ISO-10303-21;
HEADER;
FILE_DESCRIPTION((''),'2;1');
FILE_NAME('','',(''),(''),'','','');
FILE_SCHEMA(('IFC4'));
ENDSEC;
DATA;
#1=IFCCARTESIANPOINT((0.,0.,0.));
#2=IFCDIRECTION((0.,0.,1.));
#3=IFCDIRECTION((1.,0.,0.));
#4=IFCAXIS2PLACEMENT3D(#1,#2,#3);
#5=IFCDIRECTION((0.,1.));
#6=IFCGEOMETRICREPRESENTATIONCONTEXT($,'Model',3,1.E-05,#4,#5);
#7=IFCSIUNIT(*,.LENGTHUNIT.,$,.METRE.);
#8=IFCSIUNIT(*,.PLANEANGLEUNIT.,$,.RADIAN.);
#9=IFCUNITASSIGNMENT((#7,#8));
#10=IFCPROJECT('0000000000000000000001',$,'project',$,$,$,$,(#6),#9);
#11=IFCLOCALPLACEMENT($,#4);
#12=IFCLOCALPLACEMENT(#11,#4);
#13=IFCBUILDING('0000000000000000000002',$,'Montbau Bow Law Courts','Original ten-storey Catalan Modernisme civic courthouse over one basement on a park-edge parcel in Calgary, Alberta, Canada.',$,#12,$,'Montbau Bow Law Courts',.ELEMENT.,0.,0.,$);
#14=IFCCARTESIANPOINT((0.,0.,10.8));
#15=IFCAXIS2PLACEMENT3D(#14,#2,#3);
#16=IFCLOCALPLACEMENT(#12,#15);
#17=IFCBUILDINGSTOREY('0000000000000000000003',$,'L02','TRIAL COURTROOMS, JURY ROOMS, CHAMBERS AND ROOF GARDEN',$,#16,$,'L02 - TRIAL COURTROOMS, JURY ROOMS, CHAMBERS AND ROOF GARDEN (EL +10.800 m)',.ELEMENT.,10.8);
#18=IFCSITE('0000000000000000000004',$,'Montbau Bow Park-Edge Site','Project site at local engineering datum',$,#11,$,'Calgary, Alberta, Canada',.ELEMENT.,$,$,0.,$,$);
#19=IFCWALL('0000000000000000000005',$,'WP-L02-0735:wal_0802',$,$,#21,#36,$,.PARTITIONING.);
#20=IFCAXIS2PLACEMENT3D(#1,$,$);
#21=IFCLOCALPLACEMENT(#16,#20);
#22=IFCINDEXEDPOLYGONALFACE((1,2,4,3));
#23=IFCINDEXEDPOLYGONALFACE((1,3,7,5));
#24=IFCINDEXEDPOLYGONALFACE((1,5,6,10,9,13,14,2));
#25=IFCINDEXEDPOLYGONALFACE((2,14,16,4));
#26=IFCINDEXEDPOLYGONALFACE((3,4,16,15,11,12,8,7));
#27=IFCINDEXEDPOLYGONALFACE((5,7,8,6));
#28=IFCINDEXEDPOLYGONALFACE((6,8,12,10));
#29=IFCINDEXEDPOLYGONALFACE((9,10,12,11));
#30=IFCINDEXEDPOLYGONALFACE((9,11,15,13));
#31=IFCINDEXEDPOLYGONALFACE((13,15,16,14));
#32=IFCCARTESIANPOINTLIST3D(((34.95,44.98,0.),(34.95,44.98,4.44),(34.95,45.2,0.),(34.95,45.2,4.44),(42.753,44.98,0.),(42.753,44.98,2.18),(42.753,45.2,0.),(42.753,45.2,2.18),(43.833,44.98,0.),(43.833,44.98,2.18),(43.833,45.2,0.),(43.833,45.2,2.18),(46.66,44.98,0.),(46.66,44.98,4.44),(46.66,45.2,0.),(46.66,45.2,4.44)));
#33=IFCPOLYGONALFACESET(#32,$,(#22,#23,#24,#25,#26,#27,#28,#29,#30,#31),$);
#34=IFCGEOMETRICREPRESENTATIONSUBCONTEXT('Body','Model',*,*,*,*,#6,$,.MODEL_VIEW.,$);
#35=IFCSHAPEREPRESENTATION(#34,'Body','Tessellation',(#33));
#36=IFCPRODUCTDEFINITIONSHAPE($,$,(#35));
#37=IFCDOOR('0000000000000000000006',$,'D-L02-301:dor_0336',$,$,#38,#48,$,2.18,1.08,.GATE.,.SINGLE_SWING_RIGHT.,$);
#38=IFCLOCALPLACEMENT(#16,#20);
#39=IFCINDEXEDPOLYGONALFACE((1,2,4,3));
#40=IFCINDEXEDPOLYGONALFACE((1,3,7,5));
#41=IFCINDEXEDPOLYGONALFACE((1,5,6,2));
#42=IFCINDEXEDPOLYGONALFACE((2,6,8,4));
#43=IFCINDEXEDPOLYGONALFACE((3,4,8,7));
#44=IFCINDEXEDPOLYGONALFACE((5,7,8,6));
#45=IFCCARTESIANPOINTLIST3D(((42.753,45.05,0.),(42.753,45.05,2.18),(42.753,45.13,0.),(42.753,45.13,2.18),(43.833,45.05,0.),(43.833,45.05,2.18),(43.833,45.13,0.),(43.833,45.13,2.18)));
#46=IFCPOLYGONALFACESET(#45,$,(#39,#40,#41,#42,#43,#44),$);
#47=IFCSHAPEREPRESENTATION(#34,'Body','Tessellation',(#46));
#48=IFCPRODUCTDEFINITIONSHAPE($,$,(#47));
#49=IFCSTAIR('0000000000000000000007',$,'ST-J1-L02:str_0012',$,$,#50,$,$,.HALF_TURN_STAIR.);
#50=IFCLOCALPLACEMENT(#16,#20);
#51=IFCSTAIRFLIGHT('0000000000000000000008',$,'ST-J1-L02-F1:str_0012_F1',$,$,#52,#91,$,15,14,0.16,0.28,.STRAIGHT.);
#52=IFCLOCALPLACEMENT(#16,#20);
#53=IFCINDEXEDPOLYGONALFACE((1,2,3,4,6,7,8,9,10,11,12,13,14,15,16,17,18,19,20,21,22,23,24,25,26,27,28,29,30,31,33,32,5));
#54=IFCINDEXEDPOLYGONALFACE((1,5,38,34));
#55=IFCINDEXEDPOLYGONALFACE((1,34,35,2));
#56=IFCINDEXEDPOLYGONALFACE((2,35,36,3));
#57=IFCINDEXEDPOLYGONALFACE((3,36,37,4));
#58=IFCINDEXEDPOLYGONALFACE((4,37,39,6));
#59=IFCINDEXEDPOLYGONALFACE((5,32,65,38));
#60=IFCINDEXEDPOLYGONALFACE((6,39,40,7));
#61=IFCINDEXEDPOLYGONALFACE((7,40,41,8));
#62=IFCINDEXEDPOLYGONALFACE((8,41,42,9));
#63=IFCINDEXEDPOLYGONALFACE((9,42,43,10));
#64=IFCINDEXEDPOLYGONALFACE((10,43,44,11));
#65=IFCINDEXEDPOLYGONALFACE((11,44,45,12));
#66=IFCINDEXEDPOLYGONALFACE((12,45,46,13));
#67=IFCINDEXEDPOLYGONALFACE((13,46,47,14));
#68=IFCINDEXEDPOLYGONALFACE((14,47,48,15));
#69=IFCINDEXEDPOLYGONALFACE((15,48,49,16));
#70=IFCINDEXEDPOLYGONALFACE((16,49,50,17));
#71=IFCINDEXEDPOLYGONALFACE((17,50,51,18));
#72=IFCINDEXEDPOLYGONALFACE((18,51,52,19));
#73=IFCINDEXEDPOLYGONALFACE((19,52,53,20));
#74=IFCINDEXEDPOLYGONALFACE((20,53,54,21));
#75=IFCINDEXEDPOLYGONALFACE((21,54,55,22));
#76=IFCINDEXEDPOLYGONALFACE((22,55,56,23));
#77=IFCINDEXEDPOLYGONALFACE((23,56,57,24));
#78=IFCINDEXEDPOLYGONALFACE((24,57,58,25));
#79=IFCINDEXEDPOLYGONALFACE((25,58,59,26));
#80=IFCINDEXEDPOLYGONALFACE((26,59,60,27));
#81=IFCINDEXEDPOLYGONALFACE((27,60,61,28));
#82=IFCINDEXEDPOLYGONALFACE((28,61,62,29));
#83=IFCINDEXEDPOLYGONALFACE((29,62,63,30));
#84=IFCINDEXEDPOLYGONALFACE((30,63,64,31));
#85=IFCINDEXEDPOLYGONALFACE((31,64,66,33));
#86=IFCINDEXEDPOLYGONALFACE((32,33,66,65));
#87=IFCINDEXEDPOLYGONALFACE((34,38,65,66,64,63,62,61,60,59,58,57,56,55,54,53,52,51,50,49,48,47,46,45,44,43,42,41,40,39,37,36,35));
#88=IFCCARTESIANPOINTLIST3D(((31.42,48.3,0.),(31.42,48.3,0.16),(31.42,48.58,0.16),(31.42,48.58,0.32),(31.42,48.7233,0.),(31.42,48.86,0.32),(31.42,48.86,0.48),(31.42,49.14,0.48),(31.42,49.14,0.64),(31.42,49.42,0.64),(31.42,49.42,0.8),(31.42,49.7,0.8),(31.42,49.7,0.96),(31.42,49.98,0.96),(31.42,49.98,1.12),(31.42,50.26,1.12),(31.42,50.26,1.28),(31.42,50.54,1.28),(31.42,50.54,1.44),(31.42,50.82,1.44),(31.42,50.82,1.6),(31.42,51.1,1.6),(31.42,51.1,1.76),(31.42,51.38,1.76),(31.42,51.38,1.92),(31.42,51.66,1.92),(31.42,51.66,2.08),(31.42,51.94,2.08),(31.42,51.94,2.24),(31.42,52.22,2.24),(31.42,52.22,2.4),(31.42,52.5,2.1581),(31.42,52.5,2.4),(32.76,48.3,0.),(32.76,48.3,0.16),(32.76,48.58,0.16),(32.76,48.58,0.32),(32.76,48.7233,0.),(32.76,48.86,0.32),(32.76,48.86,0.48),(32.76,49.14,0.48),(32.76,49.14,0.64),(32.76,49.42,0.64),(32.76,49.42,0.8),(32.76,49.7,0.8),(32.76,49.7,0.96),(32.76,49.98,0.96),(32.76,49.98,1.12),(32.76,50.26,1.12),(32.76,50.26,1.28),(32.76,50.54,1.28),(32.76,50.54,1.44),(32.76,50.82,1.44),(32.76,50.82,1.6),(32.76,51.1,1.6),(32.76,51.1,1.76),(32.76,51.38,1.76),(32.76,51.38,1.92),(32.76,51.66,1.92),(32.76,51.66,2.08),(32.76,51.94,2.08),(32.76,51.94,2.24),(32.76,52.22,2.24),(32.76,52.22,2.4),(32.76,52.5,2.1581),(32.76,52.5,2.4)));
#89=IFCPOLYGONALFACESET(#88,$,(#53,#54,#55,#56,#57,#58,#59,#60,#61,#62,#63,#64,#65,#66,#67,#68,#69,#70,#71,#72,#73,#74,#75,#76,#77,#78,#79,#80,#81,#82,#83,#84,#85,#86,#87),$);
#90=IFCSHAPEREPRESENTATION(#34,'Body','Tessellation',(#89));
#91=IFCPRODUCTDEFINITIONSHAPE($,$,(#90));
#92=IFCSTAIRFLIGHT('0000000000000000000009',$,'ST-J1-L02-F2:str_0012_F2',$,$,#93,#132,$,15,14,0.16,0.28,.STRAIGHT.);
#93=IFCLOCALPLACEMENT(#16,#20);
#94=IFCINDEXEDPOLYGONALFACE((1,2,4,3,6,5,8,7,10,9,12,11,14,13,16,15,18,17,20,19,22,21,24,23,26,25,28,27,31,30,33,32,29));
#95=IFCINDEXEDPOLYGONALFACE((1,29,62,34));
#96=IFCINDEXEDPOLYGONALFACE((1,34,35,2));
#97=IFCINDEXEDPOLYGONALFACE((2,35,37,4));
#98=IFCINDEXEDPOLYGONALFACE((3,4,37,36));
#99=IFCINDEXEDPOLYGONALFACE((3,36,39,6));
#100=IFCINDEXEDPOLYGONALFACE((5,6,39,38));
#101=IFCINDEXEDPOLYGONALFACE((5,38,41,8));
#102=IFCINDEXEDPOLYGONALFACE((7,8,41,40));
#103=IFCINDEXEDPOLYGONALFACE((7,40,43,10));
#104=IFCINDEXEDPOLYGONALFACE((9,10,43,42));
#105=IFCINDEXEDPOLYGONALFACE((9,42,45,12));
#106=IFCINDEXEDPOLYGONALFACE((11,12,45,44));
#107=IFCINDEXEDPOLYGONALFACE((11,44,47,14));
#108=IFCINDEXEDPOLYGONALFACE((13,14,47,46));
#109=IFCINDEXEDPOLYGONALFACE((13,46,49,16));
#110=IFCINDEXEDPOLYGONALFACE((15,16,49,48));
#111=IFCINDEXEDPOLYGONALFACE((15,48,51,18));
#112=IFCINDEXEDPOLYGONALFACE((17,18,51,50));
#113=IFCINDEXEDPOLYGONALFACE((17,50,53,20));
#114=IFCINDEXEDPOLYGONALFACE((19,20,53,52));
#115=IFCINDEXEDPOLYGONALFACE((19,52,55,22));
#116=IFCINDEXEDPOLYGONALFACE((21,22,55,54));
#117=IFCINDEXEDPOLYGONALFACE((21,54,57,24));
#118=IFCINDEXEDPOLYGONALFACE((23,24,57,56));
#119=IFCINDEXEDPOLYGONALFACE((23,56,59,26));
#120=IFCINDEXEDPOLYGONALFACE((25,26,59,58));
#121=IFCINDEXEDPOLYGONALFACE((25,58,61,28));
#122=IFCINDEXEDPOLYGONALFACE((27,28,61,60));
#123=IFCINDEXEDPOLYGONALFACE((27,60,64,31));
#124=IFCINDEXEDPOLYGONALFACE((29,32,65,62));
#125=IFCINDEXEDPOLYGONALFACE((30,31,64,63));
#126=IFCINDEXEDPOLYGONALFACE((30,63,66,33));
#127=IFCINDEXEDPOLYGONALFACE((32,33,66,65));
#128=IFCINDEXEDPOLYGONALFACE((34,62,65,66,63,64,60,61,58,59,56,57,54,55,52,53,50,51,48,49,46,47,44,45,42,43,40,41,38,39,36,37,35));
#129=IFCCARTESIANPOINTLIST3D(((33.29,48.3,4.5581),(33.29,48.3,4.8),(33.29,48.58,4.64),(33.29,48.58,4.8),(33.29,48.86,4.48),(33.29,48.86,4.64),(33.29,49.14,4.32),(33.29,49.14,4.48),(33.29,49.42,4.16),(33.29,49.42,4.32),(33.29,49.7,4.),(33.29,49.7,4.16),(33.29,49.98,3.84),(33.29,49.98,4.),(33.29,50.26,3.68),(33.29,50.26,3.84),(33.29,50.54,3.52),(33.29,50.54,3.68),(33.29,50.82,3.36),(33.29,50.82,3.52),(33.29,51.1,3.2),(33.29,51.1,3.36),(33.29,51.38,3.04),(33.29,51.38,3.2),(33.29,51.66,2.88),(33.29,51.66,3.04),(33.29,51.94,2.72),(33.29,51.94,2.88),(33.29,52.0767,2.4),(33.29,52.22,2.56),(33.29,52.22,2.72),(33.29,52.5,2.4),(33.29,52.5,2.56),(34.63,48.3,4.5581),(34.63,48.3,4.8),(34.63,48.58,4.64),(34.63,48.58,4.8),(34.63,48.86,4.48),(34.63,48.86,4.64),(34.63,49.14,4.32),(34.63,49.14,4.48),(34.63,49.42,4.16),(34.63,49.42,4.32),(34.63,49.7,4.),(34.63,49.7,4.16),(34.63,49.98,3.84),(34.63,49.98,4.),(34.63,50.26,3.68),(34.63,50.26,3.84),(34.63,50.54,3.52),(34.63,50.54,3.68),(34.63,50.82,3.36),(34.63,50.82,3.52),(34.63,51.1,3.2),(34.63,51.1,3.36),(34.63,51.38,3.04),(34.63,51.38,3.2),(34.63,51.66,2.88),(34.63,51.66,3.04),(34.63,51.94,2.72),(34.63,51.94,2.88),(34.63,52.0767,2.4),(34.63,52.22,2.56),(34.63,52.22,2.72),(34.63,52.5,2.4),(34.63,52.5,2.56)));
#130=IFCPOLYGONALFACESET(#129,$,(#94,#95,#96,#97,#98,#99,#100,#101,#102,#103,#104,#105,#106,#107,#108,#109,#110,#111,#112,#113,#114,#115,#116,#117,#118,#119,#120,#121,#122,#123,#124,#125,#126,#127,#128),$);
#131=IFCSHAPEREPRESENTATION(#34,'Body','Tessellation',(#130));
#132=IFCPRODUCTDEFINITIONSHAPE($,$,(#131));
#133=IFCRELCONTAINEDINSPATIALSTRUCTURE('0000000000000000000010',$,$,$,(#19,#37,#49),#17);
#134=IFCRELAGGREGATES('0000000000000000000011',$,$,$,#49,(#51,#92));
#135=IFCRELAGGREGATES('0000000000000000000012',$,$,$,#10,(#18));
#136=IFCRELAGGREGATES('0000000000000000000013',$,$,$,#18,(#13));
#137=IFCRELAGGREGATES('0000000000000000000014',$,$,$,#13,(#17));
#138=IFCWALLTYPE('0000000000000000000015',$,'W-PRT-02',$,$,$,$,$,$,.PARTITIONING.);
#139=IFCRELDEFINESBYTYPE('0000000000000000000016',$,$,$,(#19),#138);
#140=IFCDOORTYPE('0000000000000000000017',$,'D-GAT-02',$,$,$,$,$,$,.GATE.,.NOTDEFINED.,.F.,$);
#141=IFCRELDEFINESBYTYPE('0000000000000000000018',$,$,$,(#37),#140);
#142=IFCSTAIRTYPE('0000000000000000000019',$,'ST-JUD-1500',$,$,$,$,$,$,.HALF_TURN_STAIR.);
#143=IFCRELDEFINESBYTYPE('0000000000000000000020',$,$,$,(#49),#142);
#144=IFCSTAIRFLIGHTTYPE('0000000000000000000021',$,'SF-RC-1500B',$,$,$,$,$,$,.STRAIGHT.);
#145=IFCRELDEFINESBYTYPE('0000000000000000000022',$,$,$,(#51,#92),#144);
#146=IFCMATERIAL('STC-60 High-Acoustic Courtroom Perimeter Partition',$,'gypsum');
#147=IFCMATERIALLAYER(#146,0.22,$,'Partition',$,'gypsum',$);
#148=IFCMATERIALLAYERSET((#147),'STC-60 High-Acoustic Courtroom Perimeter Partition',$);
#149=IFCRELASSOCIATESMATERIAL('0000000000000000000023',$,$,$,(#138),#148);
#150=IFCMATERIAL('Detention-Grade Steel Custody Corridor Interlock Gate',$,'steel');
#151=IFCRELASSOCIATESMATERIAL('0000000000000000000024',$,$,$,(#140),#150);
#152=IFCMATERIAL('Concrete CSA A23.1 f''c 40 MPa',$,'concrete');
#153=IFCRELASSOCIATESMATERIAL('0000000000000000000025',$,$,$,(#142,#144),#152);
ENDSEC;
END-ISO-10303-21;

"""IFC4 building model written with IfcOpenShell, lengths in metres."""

from ifc_helpers import new_model, si_unit, direction, frame, frame_2d, origin_with_axes, place, context, subcontext, project, spatial, polyline, rectangle, outline, extrude, material, layer, layer_set, type_object, element, fill, aggregate, save


model = new_model("IFC4")

# Units and contexts
model_context = context("Model", 3, precision=1e-05, world=origin_with_axes(), true_north=direction((0.0, 1.0)))
body_context = subcontext(model_context, "Body", "Model", "MODEL_VIEW")
ifc_project = project(units=[si_unit("LENGTHUNIT", "METRE"), si_unit("PLANEANGLEUNIT", "RADIAN")], contexts=[model_context])

# Site, building, storey
site_placement = place(None, origin_with_axes())
site = spatial("IfcSite", under=ifc_project, at=site_placement, Name="Montbau Bow Park-Edge Site", Description="Project site at local engineering datum", LongName="Calgary, Alberta, Canada", CompositionType="ELEMENT", RefElevation=0.0)
building_placement = place(site_placement, origin_with_axes())
building = spatial("IfcBuilding", under=site, at=building_placement, Name="Montbau Bow Law Courts", Description="Original ten-storey Catalan Modernisme civic courthouse over one basement on a park-edge parcel in Calgary, Alberta, Canada.", LongName="Montbau Bow Law Courts", CompositionType="ELEMENT", ElevationOfRefHeight=0.0, ElevationOfTerrain=0.0)
storey_placement = place(building_placement, frame((0.0, 0.0, 10.8), z_axis=(0.0, 0.0, 1.0), x_axis=(1.0, 0.0, 0.0)))
storey = spatial("IfcBuildingStorey", under=building, at=storey_placement, Name="L02", Description="TRIAL COURTROOMS, JURY ROOMS, CHAMBERS AND ROOF GARDEN", LongName="L02 - TRIAL COURTROOMS, JURY ROOMS, CHAMBERS AND ROOF GARDEN (EL +10.800 m)", CompositionType="ELEMENT", Elevation=10.8)

# Shared definitions
ifc_material_1 = material(Name="Concrete CSA A23.1 f'c 40 MPa", Category="concrete")

# Shared definitions
ifc_material_2 = material(Name="STC-60 High-Acoustic Courtroom Perimeter Partition", Category="gypsum")
ifc_layer_1 = layer(ifc_material_2, 0.22, Name="Partition", Category="gypsum")
ifc_layer_set_1 = layer_set([ifc_layer_1], Name="STC-60 High-Acoustic Courtroom Perimeter Partition")
wall_type_1 = type_object("IfcWallType", Name="W-PRT-02", PredefinedType="PARTITIONING", material=ifc_layer_set_1)

# Wall, opening, door
wall_1_placement = place(None, frame((34.95, 45.09, 10.8), z_axis=(0.0, 0.0, 1.0), x_axis=(1.0, 0.0, 0.0)))
wall_1 = element("IfcWall", 1, at=wall_1_placement, inside=storey, type_object=wall_type_1, Name="WP-L02-0735:wal_0802", PredefinedType="PARTITIONING", context=body_context, shape_type="SweptSolid", body=[
    extrude(rectangle(XDim=11.71, YDim=0.22, at=frame_2d((5.855, 0.0), x_axis=(1.0, 0.0))), origin_with_axes(), (0.0, 0.0, 1.0), 4.44),
])
opening_1_placement = place(None, frame((43.293, 45.09, 10.8), z_axis=(0.0, 0.0, 1.0), x_axis=(1.0, 0.0, 0.0)))
opening_1 = element("IfcOpeningElement", 2, at=opening_1_placement, cuts=wall_1, PredefinedType="OPENING", context=body_context, shape_type="SweptSolid", body=[
    extrude(rectangle(XDim=1.08, YDim=2.18, at=frame_2d((0.0, 1.09), x_axis=(1.0, 0.0))), frame((0.0, 0.12, 0.0), z_axis=(0.0, -1.0, 0.0), x_axis=(1.0, 0.0, 0.0)), (0.0, 0.0, 1.0), 0.24),
])
ifc_material_3 = material(Name="Detention-Grade Steel Custody Corridor Interlock Gate", Category="steel")
door_type_1 = type_object("IfcDoorType", Name="D-GAT-02", OperationType="NOTDEFINED", ParameterTakesPrecedence=False, PredefinedType="GATE", material=ifc_material_3)
door_1_placement = place(None, frame((43.293, 45.09, 10.8), z_axis=(0.0, 0.0, 1.0), x_axis=(-1.0, 0.0, 0.0)))
door_1 = element("IfcDoor", 3, at=door_1_placement, inside=storey, type_object=door_type_1, Name="D-L02-301:dor_0336", OperationType="SINGLE_SWING_RIGHT", OverallHeight=2.18, OverallWidth=1.08, PredefinedType="GATE", context=body_context, shape_type="SweptSolid", body=[
    extrude(rectangle(XDim=1.08, YDim=2.18, at=frame_2d((0.0, 1.09), x_axis=(1.0, 0.0))), frame((0.0, 0.04, 0.0), z_axis=(0.0, -1.0, 0.0), x_axis=(1.0, 0.0, 0.0)), (0.0, 0.0, 1.0), 0.08),
])
fill(opening_1, door_1)

# Stair, stair flights
stair_type = type_object("IfcStairType", Name="ST-JUD-1500", PredefinedType="HALF_TURN_STAIR", material=ifc_material_1)
stair_placement = place(None, frame((32.09, 48.3, 10.8), z_axis=(0.0, 0.0, 1.0), x_axis=(1.0, 0.0, 0.0)))
stair = element("IfcStair", 4, at=stair_placement, inside=storey, type_object=stair_type, Name="ST-J1-L02:str_0012", PredefinedType="HALF_TURN_STAIR")
stair_flight_type = type_object("IfcStairFlightType", Name="SF-RC-1500B", PredefinedType="STRAIGHT", material=ifc_material_1)
stair_flight_1_placement = place(None, frame((32.09, 48.3, 10.8), z_axis=(0.0, 0.0, 1.0), x_axis=(0.0, 1.0, 0.0)))
stair_flight_1 = element("IfcStairFlight", 5, at=stair_flight_1_placement, type_object=stair_flight_type, Name="ST-J1-L02-F1:str_0012_F1", NumberOfRisers=15, NumberOfTreads=14, PredefinedType="STRAIGHT", RiserHeight=0.16, TreadLength=0.28, context=body_context, shape_type="SweptSolid", body=[
    extrude(outline(polyline([(0.0, 0.0), (0.0, 0.16), (0.28, 0.16), (0.28, 0.32), (0.56, 0.32), (0.56, 0.48), (0.84, 0.48), (0.84, 0.64), (1.12, 0.64), (1.12, 0.8), (1.4, 0.8), (1.4, 0.96), (1.68, 0.96), (1.68, 1.12), (1.96, 1.12), (1.96, 1.28), (2.24, 1.28), (2.24, 1.44), (2.52, 1.44), (2.52, 1.6), (2.8, 1.6), (2.8, 1.76), (3.08, 1.76), (3.08, 1.92), (3.36, 1.92), (3.36, 2.08), (3.64, 2.08), (3.64, 2.24), (3.92, 2.24), (3.92, 2.4), (4.2, 2.4), (4.2, 2.1581), (0.4233, 0.0), (0.0, 0.0)])), frame((0.0, 0.67, 0.0), z_axis=(0.0, -1.0, 0.0), x_axis=(1.0, 0.0, 0.0)), (0.0, 0.0, 1.0), 1.34),
])
stair_flight_2_placement = place(None, frame((33.96, 52.5, 13.2), z_axis=(0.0, 0.0, 1.0), x_axis=(0.0, -1.0, 0.0)))
stair_flight_2 = element("IfcStairFlight", 6, at=stair_flight_2_placement, type_object=stair_flight_type, Name="ST-J1-L02-F2:str_0012_F2", NumberOfRisers=15, NumberOfTreads=14, PredefinedType="STRAIGHT", RiserHeight=0.16, TreadLength=0.28, context=body_context, shape_type="SweptSolid", body=[
    extrude(outline(polyline([(0.0, 0.0), (0.0, 0.16), (0.28, 0.16), (0.28, 0.32), (0.56, 0.32), (0.56, 0.48), (0.84, 0.48), (0.84, 0.64), (1.12, 0.64), (1.12, 0.8), (1.4, 0.8), (1.4, 0.96), (1.68, 0.96), (1.68, 1.12), (1.96, 1.12), (1.96, 1.28), (2.24, 1.28), (2.24, 1.44), (2.52, 1.44), (2.52, 1.6), (2.8, 1.6), (2.8, 1.76), (3.08, 1.76), (3.08, 1.92), (3.36, 1.92), (3.36, 2.08), (3.64, 2.08), (3.64, 2.24), (3.92, 2.24), (3.92, 2.4), (4.2, 2.4), (4.2, 2.1581), (0.4233, 0.0), (0.0, 0.0)])), frame((0.0, 0.67, 0.0), z_axis=(0.0, -1.0, 0.0), x_axis=(1.0, 0.0, 0.0)), (0.0, 0.0, 1.0), 1.34),
])
aggregate(stair, [stair_flight_1, stair_flight_2])

save(model, "model.ifc")
